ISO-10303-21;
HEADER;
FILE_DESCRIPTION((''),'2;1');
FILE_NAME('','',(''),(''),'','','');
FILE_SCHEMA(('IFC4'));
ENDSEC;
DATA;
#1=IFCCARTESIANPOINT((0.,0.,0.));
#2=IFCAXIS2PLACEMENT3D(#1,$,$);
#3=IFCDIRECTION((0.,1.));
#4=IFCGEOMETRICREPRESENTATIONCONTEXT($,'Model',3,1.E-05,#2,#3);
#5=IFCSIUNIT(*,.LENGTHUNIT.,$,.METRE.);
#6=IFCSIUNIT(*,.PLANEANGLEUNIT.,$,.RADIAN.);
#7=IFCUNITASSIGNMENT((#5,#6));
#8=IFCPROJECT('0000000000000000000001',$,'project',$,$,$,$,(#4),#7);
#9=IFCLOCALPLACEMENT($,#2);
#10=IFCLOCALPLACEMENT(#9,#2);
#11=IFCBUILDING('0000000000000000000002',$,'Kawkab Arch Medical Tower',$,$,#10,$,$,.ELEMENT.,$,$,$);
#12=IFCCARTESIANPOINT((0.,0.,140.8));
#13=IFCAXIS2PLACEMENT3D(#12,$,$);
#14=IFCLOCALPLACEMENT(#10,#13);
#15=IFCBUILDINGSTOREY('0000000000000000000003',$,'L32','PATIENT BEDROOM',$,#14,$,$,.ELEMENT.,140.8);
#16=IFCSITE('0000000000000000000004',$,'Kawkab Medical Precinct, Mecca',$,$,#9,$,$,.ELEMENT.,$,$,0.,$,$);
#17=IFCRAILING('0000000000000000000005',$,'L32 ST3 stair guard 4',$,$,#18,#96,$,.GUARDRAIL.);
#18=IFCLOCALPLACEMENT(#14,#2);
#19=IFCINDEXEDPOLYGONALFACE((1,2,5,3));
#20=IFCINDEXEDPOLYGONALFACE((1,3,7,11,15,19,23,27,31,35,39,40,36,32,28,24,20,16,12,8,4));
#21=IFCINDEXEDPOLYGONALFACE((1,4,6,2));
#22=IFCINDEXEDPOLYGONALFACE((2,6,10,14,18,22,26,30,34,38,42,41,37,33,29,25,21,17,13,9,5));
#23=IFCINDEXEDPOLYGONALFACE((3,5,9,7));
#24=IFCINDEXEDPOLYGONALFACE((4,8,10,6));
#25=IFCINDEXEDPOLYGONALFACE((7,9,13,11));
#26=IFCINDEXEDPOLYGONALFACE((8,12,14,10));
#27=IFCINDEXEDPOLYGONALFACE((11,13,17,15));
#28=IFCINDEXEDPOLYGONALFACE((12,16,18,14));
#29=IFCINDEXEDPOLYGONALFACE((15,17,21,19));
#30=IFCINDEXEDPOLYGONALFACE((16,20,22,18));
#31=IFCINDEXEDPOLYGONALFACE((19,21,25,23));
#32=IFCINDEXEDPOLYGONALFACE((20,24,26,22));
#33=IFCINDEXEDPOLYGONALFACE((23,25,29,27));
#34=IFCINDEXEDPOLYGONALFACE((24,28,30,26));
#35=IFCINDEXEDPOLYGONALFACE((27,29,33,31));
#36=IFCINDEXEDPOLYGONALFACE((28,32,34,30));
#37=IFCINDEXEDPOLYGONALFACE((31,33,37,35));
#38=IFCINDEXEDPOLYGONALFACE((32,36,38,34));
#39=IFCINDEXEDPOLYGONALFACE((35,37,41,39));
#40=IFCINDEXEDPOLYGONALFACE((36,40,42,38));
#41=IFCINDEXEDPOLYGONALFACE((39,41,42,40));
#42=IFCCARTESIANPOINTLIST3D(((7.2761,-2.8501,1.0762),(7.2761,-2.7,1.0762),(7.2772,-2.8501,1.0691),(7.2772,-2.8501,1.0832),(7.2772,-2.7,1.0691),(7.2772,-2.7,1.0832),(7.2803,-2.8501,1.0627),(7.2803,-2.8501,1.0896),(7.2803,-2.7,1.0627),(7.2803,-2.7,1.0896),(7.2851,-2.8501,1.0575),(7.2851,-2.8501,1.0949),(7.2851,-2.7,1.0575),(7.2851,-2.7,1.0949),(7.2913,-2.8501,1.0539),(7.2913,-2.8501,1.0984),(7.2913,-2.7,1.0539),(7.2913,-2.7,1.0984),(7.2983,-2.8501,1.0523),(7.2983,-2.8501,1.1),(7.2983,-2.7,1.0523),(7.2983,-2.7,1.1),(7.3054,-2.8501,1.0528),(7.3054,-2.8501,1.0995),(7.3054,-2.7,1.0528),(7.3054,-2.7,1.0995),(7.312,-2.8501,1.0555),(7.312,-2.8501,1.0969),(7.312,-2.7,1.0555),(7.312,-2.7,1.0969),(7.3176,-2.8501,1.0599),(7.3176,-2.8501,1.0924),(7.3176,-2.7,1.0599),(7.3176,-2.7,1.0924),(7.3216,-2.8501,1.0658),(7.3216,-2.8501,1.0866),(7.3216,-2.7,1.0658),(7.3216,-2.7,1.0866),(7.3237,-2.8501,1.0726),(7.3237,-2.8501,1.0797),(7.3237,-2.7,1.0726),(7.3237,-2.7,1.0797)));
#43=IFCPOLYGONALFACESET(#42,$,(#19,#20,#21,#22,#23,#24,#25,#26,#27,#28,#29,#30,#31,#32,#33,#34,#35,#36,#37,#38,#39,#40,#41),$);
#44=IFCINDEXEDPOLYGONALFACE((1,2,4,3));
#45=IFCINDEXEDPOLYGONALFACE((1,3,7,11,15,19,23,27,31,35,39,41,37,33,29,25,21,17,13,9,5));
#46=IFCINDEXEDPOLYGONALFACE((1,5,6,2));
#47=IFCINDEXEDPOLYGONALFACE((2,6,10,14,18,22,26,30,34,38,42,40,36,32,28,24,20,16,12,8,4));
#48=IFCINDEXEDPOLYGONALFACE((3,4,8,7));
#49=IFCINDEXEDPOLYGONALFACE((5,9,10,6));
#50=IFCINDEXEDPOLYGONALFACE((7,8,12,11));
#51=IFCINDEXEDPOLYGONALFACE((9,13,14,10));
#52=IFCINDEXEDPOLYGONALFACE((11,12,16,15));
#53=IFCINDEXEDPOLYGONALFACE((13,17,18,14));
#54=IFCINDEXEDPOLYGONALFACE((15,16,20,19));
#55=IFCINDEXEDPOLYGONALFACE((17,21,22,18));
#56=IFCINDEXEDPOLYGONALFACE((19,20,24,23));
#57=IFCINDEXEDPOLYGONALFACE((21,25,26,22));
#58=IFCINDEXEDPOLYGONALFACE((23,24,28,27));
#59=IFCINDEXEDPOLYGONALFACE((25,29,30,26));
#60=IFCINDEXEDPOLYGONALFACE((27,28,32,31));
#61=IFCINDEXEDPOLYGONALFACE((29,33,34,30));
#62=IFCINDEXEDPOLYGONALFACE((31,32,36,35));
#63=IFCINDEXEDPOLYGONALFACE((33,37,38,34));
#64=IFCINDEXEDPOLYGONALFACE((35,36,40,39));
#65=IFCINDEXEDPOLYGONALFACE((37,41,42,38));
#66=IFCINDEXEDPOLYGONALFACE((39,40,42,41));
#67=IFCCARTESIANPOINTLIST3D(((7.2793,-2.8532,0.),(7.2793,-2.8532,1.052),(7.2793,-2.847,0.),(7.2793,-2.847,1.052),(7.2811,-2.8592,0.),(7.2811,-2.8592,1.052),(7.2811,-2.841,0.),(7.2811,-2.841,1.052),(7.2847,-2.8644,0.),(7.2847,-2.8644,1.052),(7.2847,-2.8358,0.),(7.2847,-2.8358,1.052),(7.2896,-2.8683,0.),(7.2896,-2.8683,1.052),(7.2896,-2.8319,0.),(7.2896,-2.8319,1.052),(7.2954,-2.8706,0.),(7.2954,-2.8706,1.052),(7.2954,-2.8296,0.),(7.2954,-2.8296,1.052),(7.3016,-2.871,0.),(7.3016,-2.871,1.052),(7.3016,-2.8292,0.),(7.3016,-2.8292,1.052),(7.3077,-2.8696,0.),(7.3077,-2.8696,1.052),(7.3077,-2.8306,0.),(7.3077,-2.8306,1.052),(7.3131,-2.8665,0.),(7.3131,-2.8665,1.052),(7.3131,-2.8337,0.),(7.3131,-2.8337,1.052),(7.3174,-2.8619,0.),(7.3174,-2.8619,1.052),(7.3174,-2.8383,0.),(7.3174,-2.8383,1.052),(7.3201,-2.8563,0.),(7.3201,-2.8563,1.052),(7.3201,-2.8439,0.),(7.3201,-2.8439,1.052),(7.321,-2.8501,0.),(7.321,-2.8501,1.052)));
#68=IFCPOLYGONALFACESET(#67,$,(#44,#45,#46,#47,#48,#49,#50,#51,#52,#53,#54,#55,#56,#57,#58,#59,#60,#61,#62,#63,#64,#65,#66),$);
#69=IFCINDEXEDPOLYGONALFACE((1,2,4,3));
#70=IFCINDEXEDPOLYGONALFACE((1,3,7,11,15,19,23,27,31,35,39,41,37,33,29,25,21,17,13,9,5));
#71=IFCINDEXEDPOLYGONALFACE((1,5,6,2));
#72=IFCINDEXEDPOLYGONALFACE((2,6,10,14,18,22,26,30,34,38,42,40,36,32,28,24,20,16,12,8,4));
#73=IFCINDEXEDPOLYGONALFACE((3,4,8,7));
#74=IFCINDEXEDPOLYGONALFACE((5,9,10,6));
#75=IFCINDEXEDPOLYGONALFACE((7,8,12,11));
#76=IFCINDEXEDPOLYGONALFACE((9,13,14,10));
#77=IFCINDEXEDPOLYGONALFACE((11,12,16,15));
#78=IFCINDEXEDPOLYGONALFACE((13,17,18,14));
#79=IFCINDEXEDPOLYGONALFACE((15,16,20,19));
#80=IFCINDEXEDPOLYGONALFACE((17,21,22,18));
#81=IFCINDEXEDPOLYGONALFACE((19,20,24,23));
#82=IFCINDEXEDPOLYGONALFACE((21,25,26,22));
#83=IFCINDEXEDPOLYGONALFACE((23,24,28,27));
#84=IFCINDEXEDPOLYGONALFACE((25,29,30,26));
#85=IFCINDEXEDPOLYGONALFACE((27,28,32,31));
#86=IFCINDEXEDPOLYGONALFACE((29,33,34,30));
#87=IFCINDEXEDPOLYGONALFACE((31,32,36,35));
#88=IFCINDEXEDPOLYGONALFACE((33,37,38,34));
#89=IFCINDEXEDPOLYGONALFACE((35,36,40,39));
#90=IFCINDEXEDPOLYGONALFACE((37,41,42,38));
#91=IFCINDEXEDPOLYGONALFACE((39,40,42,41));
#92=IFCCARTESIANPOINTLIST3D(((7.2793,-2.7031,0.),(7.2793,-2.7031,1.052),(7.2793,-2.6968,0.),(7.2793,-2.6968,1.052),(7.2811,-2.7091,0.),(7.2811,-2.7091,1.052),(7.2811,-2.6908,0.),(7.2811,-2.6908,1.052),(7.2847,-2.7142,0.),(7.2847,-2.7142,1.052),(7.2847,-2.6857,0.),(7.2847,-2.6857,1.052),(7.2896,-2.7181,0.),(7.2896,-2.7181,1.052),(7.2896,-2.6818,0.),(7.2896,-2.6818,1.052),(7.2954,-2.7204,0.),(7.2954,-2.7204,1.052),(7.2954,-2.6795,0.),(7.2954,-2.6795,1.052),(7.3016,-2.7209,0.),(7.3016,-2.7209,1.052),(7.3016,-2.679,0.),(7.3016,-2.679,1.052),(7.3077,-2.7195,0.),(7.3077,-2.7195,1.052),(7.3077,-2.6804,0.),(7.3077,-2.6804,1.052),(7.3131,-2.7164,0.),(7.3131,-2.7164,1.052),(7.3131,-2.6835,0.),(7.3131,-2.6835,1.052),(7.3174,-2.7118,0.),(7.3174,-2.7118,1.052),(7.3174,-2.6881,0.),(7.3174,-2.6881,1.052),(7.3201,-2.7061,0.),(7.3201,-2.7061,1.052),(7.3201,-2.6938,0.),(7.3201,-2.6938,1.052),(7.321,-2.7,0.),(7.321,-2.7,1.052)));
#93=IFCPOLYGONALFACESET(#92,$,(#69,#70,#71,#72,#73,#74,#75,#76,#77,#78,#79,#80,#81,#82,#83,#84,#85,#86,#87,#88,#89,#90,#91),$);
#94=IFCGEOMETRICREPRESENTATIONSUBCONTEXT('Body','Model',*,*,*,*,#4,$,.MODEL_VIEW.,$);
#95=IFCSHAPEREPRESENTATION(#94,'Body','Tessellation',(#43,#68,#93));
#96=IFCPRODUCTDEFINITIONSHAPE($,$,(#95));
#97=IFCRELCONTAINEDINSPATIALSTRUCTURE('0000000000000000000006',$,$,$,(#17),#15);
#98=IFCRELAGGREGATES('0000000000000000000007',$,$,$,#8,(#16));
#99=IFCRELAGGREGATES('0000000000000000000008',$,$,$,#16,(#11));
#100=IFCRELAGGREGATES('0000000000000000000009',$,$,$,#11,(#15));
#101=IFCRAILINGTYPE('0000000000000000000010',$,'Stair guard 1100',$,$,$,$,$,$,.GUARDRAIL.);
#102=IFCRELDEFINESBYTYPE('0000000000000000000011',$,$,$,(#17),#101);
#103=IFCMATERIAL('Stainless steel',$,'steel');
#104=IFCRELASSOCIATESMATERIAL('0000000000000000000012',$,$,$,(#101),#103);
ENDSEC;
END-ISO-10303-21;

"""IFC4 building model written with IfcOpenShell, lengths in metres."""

from ifc_helpers import new_model, si_unit, direction, frame, origin, origin_2d, place, context, subcontext, project, spatial, circle, extrude, material, type_object, element, save


model = new_model("IFC4")

# Units and contexts
model_context = context("Model", 3, precision=1e-05, world=origin(), true_north=direction((0.0, 1.0)))
body_context = subcontext(model_context, "Body", "Model", "MODEL_VIEW")
ifc_project = project(units=[si_unit("LENGTHUNIT", "METRE"), si_unit("PLANEANGLEUNIT", "RADIAN")], contexts=[model_context])

# Site, building, storey
site_placement = place(None, origin())
site = spatial("IfcSite", under=ifc_project, at=site_placement, Name="Kawkab Medical Precinct, Mecca", CompositionType="ELEMENT", RefElevation=0.0)
building_placement = place(site_placement, origin())
building = spatial("IfcBuilding", under=site, at=building_placement, Name="Kawkab Arch Medical Tower", CompositionType="ELEMENT")
storey_placement = place(building_placement, frame((0.0, 0.0, 140.8)))
storey = spatial("IfcBuildingStorey", under=building, at=storey_placement, Name="L32", Description="PATIENT BEDROOM", CompositionType="ELEMENT", Elevation=140.8)

# Railing
ifc_material_1 = material(Name="Stainless steel", Category="steel")
railing_type_1 = type_object("IfcRailingType", Name="Stair guard 1100", PredefinedType="GUARDRAIL", material=ifc_material_1)
railing_1_placement = place(storey_placement, frame((7.3, -2.8501, 0.0)))
element("IfcRailing", 1, at=railing_1_placement, inside=storey, type_object=railing_type_1, Name="L32 ST3 stair guard 4", PredefinedType="GUARDRAIL", context=body_context, shape_type="SweptSolid", body=[
    extrude(circle(Radius=0.0239, at=origin_2d()), frame((0.0, 0.0, 1.0762), z_axis=(0.0, 1.0, 0.0), x_axis=(-1.0, 0.0, 0.0)), (0.0, 0.0, 1.0), 0.1501),
    extrude(circle(Radius=0.021, at=origin_2d()), origin(), (0.0, 0.0, 1.0), 1.052),
    extrude(circle(Radius=0.021, at=origin_2d()), frame((0.0, 0.1501, 0.0)), (0.0, 0.0, 1.0), 1.052),
])

save(model, "model.ifc")
